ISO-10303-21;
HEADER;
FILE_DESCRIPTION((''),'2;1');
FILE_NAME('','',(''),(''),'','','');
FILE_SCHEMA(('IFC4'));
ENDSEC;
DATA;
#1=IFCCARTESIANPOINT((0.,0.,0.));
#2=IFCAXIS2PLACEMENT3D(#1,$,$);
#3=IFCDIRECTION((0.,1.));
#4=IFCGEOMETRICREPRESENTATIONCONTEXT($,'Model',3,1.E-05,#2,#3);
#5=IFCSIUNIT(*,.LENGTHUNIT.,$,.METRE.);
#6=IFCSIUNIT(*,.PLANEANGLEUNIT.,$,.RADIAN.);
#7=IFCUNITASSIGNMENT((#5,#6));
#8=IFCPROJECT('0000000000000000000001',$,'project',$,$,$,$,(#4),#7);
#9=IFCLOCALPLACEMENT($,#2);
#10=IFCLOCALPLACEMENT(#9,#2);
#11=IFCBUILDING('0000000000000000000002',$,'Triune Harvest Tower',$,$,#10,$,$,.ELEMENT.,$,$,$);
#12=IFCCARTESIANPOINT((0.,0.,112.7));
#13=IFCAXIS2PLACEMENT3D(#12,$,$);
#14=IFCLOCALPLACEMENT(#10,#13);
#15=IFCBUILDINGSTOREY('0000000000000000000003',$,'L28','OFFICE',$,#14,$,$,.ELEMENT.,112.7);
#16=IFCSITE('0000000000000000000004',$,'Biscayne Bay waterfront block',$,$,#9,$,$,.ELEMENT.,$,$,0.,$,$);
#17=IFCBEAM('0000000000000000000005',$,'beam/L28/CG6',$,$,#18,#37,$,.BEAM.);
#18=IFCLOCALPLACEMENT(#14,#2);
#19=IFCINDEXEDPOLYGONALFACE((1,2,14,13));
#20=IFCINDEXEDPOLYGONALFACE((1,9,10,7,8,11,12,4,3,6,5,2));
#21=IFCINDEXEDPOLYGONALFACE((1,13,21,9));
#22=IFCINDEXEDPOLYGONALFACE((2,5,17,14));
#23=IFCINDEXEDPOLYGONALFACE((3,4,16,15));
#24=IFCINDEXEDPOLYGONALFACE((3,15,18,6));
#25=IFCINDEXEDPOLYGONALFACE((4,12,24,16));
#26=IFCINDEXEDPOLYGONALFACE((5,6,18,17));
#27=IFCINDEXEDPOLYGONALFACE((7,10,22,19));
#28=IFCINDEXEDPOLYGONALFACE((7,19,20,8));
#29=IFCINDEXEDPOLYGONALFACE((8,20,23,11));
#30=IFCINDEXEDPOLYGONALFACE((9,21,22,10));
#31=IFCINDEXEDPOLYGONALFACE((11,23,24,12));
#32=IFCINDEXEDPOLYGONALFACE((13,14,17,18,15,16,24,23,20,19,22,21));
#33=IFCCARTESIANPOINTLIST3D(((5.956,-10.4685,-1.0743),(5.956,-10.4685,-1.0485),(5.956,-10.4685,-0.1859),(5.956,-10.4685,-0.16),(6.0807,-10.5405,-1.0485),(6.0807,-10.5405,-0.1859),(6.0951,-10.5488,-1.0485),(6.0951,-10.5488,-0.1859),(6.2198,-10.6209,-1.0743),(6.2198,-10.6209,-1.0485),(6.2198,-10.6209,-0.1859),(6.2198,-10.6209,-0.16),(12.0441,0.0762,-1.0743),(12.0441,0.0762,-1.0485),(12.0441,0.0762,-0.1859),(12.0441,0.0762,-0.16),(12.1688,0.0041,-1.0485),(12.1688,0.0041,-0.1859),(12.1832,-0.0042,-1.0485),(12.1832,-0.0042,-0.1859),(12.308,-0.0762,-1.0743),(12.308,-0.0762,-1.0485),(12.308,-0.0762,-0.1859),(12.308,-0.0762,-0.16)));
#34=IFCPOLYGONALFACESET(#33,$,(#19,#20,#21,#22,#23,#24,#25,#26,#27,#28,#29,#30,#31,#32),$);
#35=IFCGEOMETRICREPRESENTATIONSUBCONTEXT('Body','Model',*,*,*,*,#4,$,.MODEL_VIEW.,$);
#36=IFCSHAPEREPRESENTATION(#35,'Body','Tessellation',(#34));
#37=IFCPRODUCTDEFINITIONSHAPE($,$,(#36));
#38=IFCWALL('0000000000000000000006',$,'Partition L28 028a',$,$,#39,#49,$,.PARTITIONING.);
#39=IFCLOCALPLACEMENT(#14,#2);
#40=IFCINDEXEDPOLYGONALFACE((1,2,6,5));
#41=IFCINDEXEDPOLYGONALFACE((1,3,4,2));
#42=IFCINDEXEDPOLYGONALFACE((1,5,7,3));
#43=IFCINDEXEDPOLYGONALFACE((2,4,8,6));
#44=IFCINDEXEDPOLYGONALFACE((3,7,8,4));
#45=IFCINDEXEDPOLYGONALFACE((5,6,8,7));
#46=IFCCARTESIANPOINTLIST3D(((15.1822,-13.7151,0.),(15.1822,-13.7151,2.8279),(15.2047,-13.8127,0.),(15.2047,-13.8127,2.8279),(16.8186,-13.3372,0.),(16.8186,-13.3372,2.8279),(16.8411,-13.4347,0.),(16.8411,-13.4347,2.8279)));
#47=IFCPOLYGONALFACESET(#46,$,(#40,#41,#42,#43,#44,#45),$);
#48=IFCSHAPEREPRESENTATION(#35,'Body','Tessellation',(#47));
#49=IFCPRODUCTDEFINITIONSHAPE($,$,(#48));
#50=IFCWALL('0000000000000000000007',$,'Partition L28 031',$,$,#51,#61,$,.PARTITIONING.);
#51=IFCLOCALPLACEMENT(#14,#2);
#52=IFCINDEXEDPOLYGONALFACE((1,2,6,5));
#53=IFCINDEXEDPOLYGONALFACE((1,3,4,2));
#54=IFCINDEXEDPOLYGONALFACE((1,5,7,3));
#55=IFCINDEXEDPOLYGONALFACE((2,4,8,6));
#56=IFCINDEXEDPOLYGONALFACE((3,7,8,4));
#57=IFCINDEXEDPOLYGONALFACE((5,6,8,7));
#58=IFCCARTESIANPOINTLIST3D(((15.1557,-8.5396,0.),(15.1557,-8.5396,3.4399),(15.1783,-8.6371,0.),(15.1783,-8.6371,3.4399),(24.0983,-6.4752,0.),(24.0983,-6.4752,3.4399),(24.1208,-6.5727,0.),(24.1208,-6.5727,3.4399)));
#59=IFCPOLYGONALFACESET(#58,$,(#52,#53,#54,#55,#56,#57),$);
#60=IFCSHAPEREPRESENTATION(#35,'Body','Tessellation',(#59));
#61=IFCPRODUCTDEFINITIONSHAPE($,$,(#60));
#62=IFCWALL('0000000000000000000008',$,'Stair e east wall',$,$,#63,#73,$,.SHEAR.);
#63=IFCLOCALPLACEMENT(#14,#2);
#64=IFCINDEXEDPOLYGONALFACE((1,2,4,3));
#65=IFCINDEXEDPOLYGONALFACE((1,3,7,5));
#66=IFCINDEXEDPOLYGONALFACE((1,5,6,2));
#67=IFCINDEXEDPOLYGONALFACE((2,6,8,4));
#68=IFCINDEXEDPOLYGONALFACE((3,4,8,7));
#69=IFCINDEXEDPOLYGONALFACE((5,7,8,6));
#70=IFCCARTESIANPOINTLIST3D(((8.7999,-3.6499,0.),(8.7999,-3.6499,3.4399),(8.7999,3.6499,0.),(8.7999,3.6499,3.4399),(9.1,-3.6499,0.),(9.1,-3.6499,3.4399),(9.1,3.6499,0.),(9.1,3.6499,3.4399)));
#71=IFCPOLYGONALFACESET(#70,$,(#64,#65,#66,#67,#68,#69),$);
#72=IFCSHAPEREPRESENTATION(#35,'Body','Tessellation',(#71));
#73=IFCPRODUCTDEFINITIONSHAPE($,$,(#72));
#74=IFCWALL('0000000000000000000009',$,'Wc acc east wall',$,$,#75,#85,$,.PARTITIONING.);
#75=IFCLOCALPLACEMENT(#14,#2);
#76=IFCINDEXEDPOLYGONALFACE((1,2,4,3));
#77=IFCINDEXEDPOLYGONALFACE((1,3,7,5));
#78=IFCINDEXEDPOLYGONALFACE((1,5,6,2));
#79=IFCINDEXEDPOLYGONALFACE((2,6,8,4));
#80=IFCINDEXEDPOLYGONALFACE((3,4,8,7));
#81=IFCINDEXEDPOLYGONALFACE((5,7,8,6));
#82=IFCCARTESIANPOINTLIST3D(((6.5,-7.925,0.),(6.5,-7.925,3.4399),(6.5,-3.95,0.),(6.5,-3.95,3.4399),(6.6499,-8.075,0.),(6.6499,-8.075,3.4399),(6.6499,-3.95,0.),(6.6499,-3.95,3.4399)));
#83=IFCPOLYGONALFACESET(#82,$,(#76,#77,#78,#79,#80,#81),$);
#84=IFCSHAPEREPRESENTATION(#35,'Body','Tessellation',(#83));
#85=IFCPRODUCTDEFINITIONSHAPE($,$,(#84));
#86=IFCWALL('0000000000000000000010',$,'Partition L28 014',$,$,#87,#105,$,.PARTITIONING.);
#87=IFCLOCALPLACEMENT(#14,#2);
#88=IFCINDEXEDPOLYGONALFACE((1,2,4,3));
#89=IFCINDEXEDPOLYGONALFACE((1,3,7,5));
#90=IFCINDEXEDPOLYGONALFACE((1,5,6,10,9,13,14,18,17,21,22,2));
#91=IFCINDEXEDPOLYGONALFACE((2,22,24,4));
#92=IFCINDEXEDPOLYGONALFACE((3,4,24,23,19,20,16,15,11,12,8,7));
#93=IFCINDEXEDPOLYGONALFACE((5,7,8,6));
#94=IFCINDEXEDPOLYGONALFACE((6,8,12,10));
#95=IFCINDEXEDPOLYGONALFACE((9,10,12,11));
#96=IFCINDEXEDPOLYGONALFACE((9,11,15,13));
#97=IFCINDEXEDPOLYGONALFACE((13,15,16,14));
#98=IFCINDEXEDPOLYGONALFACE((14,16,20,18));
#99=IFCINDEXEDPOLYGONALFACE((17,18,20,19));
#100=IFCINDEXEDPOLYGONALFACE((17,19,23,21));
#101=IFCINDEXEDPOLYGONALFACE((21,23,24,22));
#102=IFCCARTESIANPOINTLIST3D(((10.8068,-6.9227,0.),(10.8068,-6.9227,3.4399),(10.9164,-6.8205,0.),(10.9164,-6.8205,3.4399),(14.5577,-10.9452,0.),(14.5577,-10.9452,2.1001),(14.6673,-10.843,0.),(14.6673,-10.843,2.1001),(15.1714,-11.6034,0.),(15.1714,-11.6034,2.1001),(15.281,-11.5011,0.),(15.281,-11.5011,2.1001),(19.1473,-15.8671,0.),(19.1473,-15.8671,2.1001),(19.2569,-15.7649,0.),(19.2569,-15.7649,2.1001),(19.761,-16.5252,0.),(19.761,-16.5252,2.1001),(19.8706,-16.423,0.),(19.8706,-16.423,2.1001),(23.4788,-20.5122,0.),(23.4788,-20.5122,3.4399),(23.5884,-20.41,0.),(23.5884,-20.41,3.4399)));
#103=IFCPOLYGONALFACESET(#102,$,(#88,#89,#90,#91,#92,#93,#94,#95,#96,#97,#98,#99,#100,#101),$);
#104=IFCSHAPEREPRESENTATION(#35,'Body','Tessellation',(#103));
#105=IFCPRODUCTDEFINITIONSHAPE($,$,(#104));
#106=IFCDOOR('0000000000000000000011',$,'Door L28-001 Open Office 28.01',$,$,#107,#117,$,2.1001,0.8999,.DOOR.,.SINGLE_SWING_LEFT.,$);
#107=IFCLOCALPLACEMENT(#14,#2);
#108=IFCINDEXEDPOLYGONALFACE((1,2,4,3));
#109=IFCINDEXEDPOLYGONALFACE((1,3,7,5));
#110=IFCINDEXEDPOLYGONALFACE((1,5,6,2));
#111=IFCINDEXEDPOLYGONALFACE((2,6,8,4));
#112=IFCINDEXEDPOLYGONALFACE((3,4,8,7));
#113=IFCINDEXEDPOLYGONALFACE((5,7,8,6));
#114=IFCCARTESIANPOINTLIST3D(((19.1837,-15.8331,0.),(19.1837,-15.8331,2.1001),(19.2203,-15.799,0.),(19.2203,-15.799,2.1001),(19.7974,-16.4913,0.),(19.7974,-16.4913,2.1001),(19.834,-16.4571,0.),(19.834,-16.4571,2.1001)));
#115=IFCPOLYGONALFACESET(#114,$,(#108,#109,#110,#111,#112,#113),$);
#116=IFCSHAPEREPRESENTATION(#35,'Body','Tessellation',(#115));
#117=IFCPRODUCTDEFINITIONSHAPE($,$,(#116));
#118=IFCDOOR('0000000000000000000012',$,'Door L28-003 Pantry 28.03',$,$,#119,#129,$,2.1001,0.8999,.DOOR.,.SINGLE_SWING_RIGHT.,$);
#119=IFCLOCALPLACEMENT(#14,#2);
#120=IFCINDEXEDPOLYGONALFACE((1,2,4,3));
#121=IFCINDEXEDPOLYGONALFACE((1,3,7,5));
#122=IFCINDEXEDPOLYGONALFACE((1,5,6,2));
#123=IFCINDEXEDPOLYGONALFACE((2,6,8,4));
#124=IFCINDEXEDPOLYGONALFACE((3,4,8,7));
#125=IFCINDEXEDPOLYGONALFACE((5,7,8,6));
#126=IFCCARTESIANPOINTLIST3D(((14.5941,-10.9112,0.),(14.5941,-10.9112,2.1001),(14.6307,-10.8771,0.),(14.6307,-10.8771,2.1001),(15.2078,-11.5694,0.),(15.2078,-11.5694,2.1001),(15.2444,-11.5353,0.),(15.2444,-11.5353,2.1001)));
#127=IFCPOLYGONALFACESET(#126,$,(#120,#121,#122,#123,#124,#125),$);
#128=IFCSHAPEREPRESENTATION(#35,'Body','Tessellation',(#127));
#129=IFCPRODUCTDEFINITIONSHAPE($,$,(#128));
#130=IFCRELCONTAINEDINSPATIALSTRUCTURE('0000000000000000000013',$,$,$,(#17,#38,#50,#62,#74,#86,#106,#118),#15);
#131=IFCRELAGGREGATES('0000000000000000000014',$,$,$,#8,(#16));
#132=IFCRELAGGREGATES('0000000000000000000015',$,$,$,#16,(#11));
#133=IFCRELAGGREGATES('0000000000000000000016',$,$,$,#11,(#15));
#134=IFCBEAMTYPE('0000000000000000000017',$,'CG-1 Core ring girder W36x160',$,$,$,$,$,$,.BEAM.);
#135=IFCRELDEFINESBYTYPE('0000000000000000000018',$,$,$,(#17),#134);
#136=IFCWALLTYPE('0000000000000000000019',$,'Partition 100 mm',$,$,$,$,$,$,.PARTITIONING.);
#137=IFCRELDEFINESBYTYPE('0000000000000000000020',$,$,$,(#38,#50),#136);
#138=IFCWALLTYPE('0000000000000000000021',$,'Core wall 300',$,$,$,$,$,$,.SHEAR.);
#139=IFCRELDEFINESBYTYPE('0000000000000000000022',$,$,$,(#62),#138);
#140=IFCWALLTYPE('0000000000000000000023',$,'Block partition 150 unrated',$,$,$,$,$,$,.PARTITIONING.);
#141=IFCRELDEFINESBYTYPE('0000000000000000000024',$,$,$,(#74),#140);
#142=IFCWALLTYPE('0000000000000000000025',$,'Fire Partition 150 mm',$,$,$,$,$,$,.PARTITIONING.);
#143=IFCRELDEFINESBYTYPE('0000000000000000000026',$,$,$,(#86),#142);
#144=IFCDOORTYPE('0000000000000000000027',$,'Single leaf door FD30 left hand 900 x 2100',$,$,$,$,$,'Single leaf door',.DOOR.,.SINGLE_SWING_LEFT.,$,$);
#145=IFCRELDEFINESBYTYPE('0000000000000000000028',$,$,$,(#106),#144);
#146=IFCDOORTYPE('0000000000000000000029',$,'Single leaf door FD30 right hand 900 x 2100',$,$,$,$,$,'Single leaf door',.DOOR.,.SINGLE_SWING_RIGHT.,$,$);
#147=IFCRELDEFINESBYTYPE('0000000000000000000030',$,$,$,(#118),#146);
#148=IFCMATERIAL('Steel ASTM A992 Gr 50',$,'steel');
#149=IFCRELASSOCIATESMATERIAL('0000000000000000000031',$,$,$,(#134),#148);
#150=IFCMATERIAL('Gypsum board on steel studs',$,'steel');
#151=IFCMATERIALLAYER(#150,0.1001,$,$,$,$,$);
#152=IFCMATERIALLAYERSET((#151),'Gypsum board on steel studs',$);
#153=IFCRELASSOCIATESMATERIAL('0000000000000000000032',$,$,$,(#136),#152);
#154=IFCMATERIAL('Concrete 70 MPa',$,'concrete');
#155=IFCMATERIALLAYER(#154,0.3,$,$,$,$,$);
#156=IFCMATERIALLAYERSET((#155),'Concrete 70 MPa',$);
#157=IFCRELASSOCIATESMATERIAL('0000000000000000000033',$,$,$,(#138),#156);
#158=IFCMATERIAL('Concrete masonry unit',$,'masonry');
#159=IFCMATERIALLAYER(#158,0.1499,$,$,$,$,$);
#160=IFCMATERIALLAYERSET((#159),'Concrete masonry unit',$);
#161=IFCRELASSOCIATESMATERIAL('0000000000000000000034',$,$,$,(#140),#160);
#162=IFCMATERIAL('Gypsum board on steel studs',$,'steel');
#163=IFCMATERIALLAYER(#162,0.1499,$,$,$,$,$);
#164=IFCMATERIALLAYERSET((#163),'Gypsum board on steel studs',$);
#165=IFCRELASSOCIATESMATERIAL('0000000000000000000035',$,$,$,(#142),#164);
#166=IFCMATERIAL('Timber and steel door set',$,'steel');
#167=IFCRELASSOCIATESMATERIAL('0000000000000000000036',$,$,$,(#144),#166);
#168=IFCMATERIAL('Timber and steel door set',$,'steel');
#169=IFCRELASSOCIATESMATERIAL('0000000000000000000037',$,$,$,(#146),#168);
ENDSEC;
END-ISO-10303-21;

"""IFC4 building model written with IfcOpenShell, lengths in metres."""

from ifc_helpers import new_model, si_unit, direction, frame, frame_2d, origin, origin_2d, place, context, subcontext, project, spatial, polyline, rectangle, i_section, outline, extrude, source, transform, mapped, material, layer, layer_set, material_profile, profile_set, type_object, element, fill, save


model = new_model("IFC4")

# Units and contexts
model_context = context("Model", 3, precision=1e-05, world=origin(), true_north=direction((0.0, 1.0)))
body_context = subcontext(model_context, "Body", "Model", "MODEL_VIEW")
ifc_project = project(units=[si_unit("LENGTHUNIT", "METRE"), si_unit("PLANEANGLEUNIT", "RADIAN")], contexts=[model_context])

# Site, building, storey
site_placement = place(None, origin())
site = spatial("IfcSite", under=ifc_project, at=site_placement, Name="Biscayne Bay waterfront block", CompositionType="ELEMENT", RefElevation=0.0)
building_placement = place(site_placement, origin())
building = spatial("IfcBuilding", under=site, at=building_placement, Name="Triune Harvest Tower", CompositionType="ELEMENT")
storey_placement = place(building_placement, frame((0.0, 0.0, 112.7)))
storey = spatial("IfcBuildingStorey", under=building, at=storey_placement, Name="L28", Description="OFFICE", CompositionType="ELEMENT", Elevation=112.7)

# Beam
ifc_material_1 = material(Name="Steel ASTM A992 Gr 50", Category="steel")
ifc_material_profile = material_profile(ifc_material_1, i_section(OverallWidth=0.3047, OverallDepth=0.9143, WebThickness=0.0166, FlangeThickness=0.0259, at=origin_2d()), Name="W36x160")
ifc_profile_set = profile_set([ifc_material_profile], Name="Steel ASTM A992 Gr 50")
beam_type = type_object("IfcBeamType", Name="CG-1 Core ring girder W36x160", PredefinedType="BEAM", material=ifc_profile_set)
shared_shape_1 = source(origin(), body_context, "Body", "SweptSolid", [
    extrude(i_section(OverallWidth=0.3047, OverallDepth=0.9143, WebThickness=0.0166, FlangeThickness=0.0259, at=origin_2d()), origin(), (0.0, 0.0, 1.0), 12.176),
])
beam_placement = place(storey_placement, frame((6.0879, -10.5447, -0.6172), z_axis=(0.50001, 0.86602, 0.0), x_axis=(-0.86602, 0.50001, 0.0)))
element("IfcBeam", 1, at=beam_placement, inside=storey, type_object=beam_type, Name="beam/L28/CG6", PredefinedType="BEAM", context=body_context, shape_type="MappedRepresentation", body=[
    mapped(shared_shape_1, transform((0.0, 0.0, 0.0), scale=1.0)),
])

# Walls
ifc_material_2 = material(Name="Gypsum board on steel studs", Category="steel")
ifc_layer_1 = layer(ifc_material_2, 0.1001)
ifc_layer_set_1 = layer_set([ifc_layer_1], Name="Gypsum board on steel studs")
wall_type_1 = type_object("IfcWallType", Name="Partition 100 mm", PredefinedType="PARTITIONING", material=ifc_layer_set_1)
wall_1_placement = place(storey_placement, frame((15.1934, -13.7639, 0.0), z_axis=(0.0, 0.0, 1.0), x_axis=(0.974354, 0.225019, 0.0)))
element("IfcWall", 2, at=wall_1_placement, inside=storey, type_object=wall_type_1, Name="Partition L28 028a", PredefinedType="PARTITIONING", context=body_context, shape_type="SweptSolid", body=[
    extrude(rectangle(XDim=1.6794, YDim=0.1001, at=frame_2d((0.8398, 0.0))), origin(), (0.0, 0.0, 1.0), 2.8279),
])
wall_2_placement = place(storey_placement, frame((15.167, -8.5884, 0.0), z_axis=(0.0, 0.0, 1.0), x_axis=(0.974373, 0.224939, 0.0)))
element("IfcWall", 3, at=wall_2_placement, inside=storey, type_object=wall_type_1, Name="Partition L28 031", PredefinedType="PARTITIONING", context=body_context, shape_type="SweptSolid", body=[
    extrude(rectangle(XDim=9.1777, YDim=0.1001, at=frame_2d((4.5889, 0.0))), origin(), (0.0, 0.0, 1.0), 3.4399),
])
ifc_material_3 = material(Name="Concrete 70 MPa", Category="concrete")
ifc_layer_2 = layer(ifc_material_3, 0.3)
ifc_layer_set_2 = layer_set([ifc_layer_2], Name="Concrete 70 MPa")
wall_type_2 = type_object("IfcWallType", Name="Core wall 300", PredefinedType="SHEAR", material=ifc_layer_set_2)
shared_shape_2 = source(origin(), body_context, "Body", "SweptSolid", [
    extrude(rectangle(XDim=7.2998, YDim=0.3, at=frame_2d((3.6499, 0.0))), origin(), (0.0, 0.0, 1.0), 3.4399),
])
wall_3_placement = place(storey_placement, frame((8.95, -3.6499, 0.0), z_axis=(0.0, 0.0, 1.0), x_axis=(0.0, 1.0, 0.0)))
element("IfcWall", 4, at=wall_3_placement, inside=storey, type_object=wall_type_2, Name="Stair e east wall", PredefinedType="SHEAR", context=body_context, shape_type="MappedRepresentation", body=[
    mapped(shared_shape_2, transform((0.0, 0.0, 0.0), scale=1.0)),
])
ifc_material_4 = material(Name="Concrete masonry unit", Category="masonry")
ifc_layer_3 = layer(ifc_material_4, 0.1499)
ifc_layer_set_3 = layer_set([ifc_layer_3], Name="Concrete masonry unit")
wall_type_3 = type_object("IfcWallType", Name="Block partition 150 unrated", PredefinedType="PARTITIONING", material=ifc_layer_set_3)
shared_shape_3 = source(origin(), body_context, "Body", "SweptSolid", [
    extrude(outline(polyline([(-0.075, -0.075), (4.05, -0.075), (4.05, 0.075), (0.075, 0.075), (-0.075, -0.075)])), origin(), (0.0, 0.0, 1.0), 3.4399),
])
wall_4_placement = place(storey_placement, frame((6.575, -8.0, 0.0), z_axis=(0.0, 0.0, 1.0), x_axis=(0.0, 1.0, 0.0)))
element("IfcWall", 5, at=wall_4_placement, inside=storey, type_object=wall_type_3, Name="Wc acc east wall", PredefinedType="PARTITIONING", context=body_context, shape_type="MappedRepresentation", body=[
    mapped(shared_shape_3, transform((0.0, 0.0, 0.0), scale=1.0)),
])

# Wall, openings, doors
ifc_material_5 = material(Name="Gypsum board on steel studs", Category="steel")
ifc_layer_4 = layer(ifc_material_5, 0.1499)
ifc_layer_set_4 = layer_set([ifc_layer_4], Name="Gypsum board on steel studs")
wall_type_4 = type_object("IfcWallType", Name="Fire Partition 150 mm", PredefinedType="PARTITIONING", material=ifc_layer_set_4)
shared_shape_4 = source(origin(), body_context, "Body", "SweptSolid", [
    extrude(rectangle(XDim=18.5811, YDim=0.1499, at=frame_2d((9.2905, 0.0))), origin(), (0.0, 0.0, 1.0), 3.4399),
])
wall_5_placement = place(storey_placement, frame((10.8616, -6.8716, 0.0), z_axis=(0.0, 0.0, 1.0), x_axis=(0.681987, -0.731364, 0.0)))
wall_5 = element("IfcWall", 6, at=wall_5_placement, inside=storey, type_object=wall_type_4, Name="Partition L28 014", PredefinedType="PARTITIONING", context=body_context, shape_type="MappedRepresentation", body=[
    mapped(shared_shape_4, transform((0.0, 0.0, 0.0), scale=1.0)),
])
opening_1_placement = place(wall_5_placement, frame((12.2297, 0.0, 0.0)))
opening_1 = element("IfcOpeningElement", 7, at=opening_1_placement, cuts=wall_5, PredefinedType="OPENING", context=body_context, shape_type="SweptSolid", body=[
    extrude(rectangle(XDim=0.8999, YDim=2.1001, at=frame_2d((0.45, 1.05))), frame((0.0, 0.085, 0.0), z_axis=(0.0, -1.0, 0.0), x_axis=(1.0, 0.0, 0.0)), (0.0, 0.0, 1.0), 0.1699),
])
opening_2_placement = place(wall_5_placement, frame((5.5, 0.0, 0.0)))
opening_2 = element("IfcOpeningElement", 8, at=opening_2_placement, cuts=wall_5, PredefinedType="OPENING", context=body_context, shape_type="SweptSolid", body=[
    extrude(rectangle(XDim=0.8999, YDim=2.1001, at=frame_2d((0.45, 1.05))), frame((0.0, 0.085, 0.0), z_axis=(0.0, -1.0, 0.0), x_axis=(1.0, 0.0, 0.0)), (0.0, 0.0, 1.0), 0.1699),
])
ifc_material_6 = material(Name="Timber and steel door set", Category="steel")
door_type_1 = type_object("IfcDoorType", Name="Single leaf door FD30 left hand 900 x 2100", ElementType="Single leaf door", OperationType="SINGLE_SWING_LEFT", PredefinedType="DOOR", material=ifc_material_6)
door_1_placement = place(opening_1_placement, origin())
door_1 = element("IfcDoor", 9, at=door_1_placement, inside=storey, type_object=door_type_1, Name="Door L28-001 Open Office 28.01", OperationType="SINGLE_SWING_LEFT", OverallHeight=2.1001, OverallWidth=0.8999, PredefinedType="DOOR", context=body_context, shape_type="SweptSolid", body=[
    extrude(rectangle(XDim=0.8999, YDim=2.1001, at=frame_2d((0.45, 1.05))), frame((0.0, 0.0249, 0.0), z_axis=(0.0, -1.0, 0.0), x_axis=(1.0, 0.0, 0.0)), (0.0, 0.0, 1.0), 0.05),
])
fill(opening_1, door_1)
ifc_material_7 = material(Name="Timber and steel door set", Category="steel")
door_type_2 = type_object("IfcDoorType", Name="Single leaf door FD30 right hand 900 x 2100", ElementType="Single leaf door", OperationType="SINGLE_SWING_RIGHT", PredefinedType="DOOR", material=ifc_material_7)
door_2_placement = place(opening_2_placement, origin())
door_2 = element("IfcDoor", 10, at=door_2_placement, inside=storey, type_object=door_type_2, Name="Door L28-003 Pantry 28.03", OperationType="SINGLE_SWING_RIGHT", OverallHeight=2.1001, OverallWidth=0.8999, PredefinedType="DOOR", context=body_context, shape_type="SweptSolid", body=[
    extrude(rectangle(XDim=0.8999, YDim=2.1001, at=frame_2d((0.45, 1.05))), frame((0.0, 0.0249, 0.0), z_axis=(0.0, -1.0, 0.0), x_axis=(1.0, 0.0, 0.0)), (0.0, 0.0, 1.0), 0.05),
])
fill(opening_2, door_2)

save(model, "model.ifc")
